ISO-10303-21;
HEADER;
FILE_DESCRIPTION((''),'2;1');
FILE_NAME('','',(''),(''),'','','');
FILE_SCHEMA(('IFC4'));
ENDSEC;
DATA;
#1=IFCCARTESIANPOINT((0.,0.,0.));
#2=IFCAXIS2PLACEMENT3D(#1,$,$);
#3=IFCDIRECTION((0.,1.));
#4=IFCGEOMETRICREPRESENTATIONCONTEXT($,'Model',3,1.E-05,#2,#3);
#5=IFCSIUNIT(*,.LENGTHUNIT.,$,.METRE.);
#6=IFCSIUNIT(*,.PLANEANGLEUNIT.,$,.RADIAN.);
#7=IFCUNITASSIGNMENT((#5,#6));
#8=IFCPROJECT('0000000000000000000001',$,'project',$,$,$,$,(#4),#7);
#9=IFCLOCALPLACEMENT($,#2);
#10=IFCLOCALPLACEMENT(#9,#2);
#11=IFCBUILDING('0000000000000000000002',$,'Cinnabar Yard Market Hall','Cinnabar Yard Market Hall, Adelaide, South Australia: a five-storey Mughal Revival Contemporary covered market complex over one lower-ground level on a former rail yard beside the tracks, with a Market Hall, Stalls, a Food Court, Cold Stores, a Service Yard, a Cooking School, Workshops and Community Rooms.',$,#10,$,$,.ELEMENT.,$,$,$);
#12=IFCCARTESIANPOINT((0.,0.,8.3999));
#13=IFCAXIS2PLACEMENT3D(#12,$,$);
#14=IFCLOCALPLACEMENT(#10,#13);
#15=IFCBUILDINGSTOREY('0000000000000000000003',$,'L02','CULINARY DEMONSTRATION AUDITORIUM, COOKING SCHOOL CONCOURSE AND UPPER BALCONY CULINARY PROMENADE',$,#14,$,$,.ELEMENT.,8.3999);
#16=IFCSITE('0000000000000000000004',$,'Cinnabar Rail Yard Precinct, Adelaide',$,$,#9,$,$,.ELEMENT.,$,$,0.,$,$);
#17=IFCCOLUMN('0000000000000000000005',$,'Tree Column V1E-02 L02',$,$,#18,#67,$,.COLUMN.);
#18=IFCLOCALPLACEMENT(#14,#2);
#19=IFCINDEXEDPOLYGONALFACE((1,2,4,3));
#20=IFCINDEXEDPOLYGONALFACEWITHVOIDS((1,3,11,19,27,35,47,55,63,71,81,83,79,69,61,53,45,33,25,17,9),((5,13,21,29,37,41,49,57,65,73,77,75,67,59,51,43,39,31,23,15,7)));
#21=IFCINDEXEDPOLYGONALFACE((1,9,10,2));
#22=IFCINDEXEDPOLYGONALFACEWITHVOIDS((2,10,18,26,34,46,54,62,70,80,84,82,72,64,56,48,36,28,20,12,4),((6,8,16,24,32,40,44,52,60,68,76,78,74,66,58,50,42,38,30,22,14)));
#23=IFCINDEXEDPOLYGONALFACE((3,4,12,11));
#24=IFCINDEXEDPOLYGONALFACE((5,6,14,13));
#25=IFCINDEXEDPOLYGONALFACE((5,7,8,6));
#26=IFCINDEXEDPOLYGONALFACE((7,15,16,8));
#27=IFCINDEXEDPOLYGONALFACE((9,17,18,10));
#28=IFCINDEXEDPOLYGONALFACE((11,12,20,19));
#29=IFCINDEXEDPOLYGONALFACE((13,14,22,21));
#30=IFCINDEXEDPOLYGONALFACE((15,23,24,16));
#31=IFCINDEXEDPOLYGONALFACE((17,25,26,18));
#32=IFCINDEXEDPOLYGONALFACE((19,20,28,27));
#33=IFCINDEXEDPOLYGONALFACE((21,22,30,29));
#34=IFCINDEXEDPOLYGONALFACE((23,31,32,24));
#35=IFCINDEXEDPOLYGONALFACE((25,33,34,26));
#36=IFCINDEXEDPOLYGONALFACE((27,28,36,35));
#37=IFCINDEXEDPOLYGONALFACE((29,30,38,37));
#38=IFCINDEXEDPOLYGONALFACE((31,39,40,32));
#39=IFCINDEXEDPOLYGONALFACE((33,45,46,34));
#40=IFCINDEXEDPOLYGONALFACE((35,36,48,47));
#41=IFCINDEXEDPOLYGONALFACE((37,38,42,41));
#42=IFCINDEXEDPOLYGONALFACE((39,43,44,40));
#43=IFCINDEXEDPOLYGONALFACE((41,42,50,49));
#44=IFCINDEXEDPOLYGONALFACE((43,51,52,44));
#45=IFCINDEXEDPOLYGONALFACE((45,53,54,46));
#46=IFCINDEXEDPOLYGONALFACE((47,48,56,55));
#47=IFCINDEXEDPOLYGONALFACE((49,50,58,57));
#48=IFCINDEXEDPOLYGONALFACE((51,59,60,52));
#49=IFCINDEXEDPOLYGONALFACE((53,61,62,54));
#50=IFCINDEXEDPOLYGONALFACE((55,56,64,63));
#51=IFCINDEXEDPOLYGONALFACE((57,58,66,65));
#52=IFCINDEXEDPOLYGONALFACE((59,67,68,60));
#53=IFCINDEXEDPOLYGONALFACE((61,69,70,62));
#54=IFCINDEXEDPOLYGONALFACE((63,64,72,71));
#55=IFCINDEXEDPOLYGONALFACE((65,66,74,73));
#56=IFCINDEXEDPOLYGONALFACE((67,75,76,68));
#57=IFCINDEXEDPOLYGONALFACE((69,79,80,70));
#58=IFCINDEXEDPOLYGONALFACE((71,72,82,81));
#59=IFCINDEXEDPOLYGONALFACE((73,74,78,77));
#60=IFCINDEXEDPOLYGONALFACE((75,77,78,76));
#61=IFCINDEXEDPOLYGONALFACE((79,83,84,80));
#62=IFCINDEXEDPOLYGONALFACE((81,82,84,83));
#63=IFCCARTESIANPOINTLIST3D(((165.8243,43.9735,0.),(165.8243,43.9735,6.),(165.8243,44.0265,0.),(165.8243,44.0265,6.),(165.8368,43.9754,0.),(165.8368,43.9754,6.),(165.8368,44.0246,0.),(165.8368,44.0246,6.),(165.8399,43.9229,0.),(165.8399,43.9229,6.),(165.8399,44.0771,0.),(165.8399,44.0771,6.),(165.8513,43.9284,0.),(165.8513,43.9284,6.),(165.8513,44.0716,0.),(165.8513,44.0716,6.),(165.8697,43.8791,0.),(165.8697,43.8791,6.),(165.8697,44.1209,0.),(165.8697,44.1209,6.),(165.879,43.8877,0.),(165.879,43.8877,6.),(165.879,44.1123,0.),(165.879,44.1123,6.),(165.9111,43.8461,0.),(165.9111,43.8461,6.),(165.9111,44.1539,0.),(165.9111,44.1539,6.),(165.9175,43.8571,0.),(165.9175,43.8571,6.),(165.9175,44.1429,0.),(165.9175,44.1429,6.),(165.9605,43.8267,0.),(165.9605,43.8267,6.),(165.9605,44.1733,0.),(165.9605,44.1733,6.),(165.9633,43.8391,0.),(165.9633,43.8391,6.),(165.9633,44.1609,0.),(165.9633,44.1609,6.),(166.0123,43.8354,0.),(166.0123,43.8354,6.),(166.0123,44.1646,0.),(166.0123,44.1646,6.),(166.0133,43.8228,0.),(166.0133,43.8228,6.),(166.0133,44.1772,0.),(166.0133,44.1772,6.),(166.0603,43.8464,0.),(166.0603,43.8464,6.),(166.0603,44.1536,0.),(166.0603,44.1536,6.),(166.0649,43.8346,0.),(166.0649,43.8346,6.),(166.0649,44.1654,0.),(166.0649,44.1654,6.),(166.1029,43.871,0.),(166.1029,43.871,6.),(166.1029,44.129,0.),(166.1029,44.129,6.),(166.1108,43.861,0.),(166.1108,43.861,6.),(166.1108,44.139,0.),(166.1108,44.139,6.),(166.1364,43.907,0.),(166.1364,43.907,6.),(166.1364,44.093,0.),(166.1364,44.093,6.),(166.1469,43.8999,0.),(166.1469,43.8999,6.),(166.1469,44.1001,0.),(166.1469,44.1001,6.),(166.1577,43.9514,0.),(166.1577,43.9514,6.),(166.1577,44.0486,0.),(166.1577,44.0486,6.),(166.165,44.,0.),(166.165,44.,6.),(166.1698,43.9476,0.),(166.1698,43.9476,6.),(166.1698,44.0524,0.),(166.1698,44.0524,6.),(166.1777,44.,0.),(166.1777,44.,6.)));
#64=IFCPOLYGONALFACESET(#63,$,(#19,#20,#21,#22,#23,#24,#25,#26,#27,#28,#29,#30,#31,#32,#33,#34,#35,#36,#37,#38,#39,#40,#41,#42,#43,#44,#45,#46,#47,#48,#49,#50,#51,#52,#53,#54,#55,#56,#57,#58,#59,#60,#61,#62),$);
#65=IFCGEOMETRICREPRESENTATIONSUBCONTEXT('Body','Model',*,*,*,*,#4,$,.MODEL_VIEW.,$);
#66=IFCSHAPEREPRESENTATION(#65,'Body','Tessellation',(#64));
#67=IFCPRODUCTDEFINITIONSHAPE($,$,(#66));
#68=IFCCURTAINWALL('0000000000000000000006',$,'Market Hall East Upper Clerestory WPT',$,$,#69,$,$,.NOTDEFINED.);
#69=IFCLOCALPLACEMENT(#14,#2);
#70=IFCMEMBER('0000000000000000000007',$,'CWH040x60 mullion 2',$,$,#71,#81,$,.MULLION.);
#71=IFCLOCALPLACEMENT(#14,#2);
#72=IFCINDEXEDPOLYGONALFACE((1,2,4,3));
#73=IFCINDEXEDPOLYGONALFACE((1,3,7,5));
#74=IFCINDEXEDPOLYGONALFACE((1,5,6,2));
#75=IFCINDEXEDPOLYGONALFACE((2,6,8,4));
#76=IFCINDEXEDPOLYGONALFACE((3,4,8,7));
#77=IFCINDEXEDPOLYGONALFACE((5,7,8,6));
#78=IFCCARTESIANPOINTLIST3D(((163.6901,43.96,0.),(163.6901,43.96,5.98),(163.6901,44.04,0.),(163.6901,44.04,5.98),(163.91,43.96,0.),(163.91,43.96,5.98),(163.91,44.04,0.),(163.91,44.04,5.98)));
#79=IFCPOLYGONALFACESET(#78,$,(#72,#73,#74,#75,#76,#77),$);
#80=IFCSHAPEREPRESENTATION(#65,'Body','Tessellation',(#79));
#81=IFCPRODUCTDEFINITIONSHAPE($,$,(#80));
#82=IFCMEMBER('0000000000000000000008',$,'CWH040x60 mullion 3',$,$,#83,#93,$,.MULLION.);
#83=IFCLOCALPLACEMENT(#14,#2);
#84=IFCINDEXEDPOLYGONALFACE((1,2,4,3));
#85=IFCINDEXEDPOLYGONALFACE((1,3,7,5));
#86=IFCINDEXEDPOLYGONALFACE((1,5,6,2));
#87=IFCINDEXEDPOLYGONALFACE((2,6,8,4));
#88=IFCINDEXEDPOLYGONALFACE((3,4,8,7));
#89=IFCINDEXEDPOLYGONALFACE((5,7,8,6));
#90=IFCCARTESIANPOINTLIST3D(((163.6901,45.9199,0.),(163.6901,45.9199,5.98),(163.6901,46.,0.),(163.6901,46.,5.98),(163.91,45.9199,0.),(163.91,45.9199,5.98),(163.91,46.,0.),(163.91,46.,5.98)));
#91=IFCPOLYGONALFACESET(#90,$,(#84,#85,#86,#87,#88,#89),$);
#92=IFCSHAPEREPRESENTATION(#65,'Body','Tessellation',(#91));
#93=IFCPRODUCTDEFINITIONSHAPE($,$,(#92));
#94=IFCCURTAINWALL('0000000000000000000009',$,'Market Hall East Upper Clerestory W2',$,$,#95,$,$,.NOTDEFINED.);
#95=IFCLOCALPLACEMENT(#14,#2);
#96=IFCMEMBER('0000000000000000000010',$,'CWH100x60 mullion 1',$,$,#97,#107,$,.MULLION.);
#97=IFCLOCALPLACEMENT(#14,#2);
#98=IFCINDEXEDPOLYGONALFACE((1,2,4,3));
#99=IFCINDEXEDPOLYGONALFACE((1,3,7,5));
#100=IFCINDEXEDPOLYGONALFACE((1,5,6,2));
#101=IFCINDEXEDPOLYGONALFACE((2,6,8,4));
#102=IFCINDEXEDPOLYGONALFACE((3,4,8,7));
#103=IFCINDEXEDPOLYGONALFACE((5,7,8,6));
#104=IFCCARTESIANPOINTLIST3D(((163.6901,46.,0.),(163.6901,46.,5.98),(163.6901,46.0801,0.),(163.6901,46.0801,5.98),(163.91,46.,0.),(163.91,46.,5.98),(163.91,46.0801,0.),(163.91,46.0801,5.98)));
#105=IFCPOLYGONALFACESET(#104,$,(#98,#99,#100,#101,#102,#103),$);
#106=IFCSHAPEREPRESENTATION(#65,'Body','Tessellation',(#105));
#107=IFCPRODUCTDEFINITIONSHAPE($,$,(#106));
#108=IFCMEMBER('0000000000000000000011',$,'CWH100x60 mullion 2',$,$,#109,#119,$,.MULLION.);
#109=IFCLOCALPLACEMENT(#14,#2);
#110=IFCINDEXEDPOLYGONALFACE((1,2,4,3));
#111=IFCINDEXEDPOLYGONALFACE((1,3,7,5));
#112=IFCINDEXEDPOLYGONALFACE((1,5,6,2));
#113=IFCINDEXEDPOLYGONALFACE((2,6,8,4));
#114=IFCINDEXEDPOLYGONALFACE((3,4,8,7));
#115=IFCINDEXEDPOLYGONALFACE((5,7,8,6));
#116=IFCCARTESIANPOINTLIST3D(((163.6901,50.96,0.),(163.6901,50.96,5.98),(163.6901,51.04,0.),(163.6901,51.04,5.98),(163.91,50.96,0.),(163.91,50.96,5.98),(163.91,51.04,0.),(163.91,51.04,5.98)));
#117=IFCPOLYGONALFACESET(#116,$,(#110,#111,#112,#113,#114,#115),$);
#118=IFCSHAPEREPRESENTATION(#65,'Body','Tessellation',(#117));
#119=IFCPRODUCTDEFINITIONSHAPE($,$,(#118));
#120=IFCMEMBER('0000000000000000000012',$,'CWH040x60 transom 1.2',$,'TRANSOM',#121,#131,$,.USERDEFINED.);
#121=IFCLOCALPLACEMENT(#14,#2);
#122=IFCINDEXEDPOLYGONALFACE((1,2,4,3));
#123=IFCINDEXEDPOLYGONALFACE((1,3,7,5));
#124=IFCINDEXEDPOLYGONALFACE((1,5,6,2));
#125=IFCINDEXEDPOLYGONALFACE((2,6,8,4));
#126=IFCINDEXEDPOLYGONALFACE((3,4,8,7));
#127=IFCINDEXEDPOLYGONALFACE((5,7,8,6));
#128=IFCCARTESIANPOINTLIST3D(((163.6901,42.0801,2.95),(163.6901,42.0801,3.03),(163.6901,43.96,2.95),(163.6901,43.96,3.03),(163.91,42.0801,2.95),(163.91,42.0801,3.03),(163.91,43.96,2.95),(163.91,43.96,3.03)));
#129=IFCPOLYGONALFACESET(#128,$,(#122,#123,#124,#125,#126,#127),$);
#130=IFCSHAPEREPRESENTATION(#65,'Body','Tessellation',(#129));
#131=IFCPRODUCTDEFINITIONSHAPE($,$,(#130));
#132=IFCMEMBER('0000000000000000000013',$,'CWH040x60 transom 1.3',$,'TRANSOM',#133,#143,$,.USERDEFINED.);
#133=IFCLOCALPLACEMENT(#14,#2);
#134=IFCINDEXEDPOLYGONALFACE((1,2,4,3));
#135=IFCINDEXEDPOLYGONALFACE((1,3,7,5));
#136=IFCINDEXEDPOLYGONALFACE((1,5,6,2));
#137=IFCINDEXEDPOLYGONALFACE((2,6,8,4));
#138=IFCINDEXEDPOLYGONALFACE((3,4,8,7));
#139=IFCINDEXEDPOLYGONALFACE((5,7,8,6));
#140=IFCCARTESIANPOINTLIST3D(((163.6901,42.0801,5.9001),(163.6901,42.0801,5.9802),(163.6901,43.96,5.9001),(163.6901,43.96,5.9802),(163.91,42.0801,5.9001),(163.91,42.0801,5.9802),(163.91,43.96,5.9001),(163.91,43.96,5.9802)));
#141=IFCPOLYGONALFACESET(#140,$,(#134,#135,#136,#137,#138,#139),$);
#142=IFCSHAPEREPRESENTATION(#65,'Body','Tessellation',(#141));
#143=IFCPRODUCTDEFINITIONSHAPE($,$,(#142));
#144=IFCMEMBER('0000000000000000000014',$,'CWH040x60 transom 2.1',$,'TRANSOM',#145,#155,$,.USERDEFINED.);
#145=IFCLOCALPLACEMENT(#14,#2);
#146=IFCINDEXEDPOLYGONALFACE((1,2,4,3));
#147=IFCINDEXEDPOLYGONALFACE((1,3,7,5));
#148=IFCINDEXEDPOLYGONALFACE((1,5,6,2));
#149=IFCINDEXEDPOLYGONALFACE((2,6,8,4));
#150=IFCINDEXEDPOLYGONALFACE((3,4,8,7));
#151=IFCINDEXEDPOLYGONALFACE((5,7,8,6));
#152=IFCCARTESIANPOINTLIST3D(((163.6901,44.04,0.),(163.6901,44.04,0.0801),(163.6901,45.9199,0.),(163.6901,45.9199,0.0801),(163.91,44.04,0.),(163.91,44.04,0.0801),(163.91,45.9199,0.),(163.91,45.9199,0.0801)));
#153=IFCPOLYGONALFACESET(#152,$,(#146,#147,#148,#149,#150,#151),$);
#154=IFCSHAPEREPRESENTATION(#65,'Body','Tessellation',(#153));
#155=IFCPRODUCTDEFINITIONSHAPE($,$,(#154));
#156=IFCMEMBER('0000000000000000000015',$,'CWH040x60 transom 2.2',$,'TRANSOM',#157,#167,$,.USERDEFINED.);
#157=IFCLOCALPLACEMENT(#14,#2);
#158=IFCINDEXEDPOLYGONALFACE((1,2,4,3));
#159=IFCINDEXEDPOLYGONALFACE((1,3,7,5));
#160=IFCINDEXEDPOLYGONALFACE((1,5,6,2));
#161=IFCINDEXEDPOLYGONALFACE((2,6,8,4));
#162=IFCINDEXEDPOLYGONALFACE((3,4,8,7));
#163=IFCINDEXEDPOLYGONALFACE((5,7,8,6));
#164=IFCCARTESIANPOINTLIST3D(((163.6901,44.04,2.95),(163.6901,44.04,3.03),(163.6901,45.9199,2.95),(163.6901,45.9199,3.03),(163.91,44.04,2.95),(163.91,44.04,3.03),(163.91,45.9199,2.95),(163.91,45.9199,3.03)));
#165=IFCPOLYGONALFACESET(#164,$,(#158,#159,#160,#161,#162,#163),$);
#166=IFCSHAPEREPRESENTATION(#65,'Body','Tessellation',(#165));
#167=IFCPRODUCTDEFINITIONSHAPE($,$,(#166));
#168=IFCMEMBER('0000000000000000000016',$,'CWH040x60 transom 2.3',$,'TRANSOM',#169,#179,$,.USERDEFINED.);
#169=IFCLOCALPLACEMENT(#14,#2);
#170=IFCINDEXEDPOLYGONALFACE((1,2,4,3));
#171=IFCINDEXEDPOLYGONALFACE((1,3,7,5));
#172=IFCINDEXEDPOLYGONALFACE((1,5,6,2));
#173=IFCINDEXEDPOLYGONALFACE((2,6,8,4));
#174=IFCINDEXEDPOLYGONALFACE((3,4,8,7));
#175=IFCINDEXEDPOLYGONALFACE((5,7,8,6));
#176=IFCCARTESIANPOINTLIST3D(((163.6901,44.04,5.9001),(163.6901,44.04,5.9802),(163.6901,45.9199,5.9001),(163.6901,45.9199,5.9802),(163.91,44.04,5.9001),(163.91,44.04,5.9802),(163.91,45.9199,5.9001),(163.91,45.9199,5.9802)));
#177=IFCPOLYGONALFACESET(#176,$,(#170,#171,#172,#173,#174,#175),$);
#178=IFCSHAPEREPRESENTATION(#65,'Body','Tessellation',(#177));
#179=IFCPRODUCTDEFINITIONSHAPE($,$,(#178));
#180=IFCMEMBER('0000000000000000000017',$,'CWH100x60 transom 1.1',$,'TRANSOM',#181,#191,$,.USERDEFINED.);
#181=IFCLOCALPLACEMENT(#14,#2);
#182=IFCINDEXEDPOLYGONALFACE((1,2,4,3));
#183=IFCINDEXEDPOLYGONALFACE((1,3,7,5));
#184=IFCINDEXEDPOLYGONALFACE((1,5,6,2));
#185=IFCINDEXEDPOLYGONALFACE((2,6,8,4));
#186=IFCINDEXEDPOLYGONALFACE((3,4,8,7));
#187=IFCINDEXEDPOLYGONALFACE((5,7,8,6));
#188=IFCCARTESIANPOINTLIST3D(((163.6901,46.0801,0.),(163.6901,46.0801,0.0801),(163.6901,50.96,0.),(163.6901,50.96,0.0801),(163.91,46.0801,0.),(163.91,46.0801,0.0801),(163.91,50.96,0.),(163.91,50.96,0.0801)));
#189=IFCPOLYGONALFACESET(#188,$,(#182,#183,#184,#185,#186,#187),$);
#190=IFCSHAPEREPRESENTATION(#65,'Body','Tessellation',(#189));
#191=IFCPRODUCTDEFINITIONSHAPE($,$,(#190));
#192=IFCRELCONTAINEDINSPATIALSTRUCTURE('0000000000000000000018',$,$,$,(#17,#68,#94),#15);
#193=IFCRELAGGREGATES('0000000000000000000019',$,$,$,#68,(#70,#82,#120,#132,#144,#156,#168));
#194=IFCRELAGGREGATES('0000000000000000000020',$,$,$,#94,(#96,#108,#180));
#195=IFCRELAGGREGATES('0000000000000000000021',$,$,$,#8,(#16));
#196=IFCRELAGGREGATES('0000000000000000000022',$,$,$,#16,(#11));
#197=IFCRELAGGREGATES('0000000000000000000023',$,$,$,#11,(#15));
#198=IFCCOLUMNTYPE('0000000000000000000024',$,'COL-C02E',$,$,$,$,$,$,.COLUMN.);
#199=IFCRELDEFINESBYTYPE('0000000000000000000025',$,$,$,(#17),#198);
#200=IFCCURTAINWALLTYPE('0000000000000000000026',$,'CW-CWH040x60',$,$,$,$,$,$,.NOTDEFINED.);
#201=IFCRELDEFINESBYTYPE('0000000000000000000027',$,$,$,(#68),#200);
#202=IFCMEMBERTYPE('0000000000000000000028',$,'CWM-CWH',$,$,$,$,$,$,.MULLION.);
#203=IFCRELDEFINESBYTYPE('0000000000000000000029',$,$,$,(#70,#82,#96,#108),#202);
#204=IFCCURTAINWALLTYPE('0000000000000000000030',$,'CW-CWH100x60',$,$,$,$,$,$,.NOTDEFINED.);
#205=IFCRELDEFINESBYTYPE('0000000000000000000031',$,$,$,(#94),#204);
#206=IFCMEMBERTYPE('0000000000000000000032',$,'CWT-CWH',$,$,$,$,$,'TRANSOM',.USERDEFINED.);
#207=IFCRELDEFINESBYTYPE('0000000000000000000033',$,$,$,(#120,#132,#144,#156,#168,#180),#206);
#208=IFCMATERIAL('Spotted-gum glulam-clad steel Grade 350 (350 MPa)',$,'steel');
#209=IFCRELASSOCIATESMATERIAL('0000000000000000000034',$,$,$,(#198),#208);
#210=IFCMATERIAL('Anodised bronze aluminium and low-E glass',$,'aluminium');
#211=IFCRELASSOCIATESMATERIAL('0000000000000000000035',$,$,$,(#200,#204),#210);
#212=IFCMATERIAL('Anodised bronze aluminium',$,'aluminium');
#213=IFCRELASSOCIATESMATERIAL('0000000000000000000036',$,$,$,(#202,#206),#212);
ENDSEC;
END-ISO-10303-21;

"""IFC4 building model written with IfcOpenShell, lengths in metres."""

from ifc_helpers import new_model, si_unit, direction, frame, origin, origin_2d_with_axis, place, context, subcontext, project, spatial, rectangle, hollow_circle, extrude, material, material_profile, profile_set, type_object, element, aggregate, save


model = new_model("IFC4")

# Units and contexts
model_context = context("Model", 3, precision=1e-05, world=origin(), true_north=direction((0.0, 1.0)))
body_context = subcontext(model_context, "Body", "Model", "MODEL_VIEW")
ifc_project = project(units=[si_unit("LENGTHUNIT", "METRE"), si_unit("PLANEANGLEUNIT", "RADIAN")], contexts=[model_context])

# Site, building, storey
site_placement = place(None, origin())
site = spatial("IfcSite", under=ifc_project, at=site_placement, Name="Cinnabar Rail Yard Precinct, Adelaide", CompositionType="ELEMENT", RefElevation=0.0)
building_placement = place(site_placement, origin())
building = spatial("IfcBuilding", under=site, at=building_placement, Name="Cinnabar Yard Market Hall", Description="Cinnabar Yard Market Hall, Adelaide, South Australia: a five-storey Mughal Revival Contemporary covered market complex over one lower-ground level on a former rail yard beside the tracks, with a Market Hall, Stalls, a Food Court, Cold Stores, a Service Yard, a Cooking School, Workshops and Community Rooms.", CompositionType="ELEMENT")
storey_placement = place(building_placement, frame((0.0, 0.0, 8.3999)))
storey = spatial("IfcBuildingStorey", under=building, at=storey_placement, Name="L02", Description="CULINARY DEMONSTRATION AUDITORIUM, COOKING SCHOOL CONCOURSE AND UPPER BALCONY CULINARY PROMENADE", CompositionType="ELEMENT", Elevation=8.3999)

# Column
ifc_material_1 = material(Name="Spotted-gum glulam-clad steel Grade 350 (350 MPa)", Category="steel")
ifc_material_profile_1 = material_profile(ifc_material_1, hollow_circle(Radius=0.1777, WallThickness=0.0127, at=origin_2d_with_axis()), Name="355.6x12.7CHS")
ifc_profile_set_1 = profile_set([ifc_material_profile_1], Name="Spotted-gum glulam-clad steel Grade 350 (350 MPa)")
column_type = type_object("IfcColumnType", Name="COL-C02E", PredefinedType="COLUMN", material=ifc_profile_set_1)
column_placement = place(storey_placement, frame((166.0, 44.0, 0.0), z_axis=(0.0, 0.0, 1.0), x_axis=(1.0, 0.0, 0.0)))
element("IfcColumn", 1, at=column_placement, inside=storey, type_object=column_type, Name="Tree Column V1E-02 L02", PredefinedType="COLUMN", context=body_context, shape_type="SweptSolid", body=[
    extrude(hollow_circle(Radius=0.1777, WallThickness=0.0127, at=origin_2d_with_axis()), origin(), (0.0, 0.0, 1.0), 6.0),
])

# Curtain walls, members
ifc_material_2 = material(Name="Anodised bronze aluminium and low-E glass", Category="aluminium")
curtain_wall_type_1 = type_object("IfcCurtainWallType", Name="CW-CWH040x60", PredefinedType="NOTDEFINED", material=ifc_material_2)
curtain_wall_1_placement = place(storey_placement, origin())
curtain_wall_1 = element("IfcCurtainWall", 2, at=curtain_wall_1_placement, inside=storey, type_object=curtain_wall_type_1, Name="Market Hall East Upper Clerestory WPT", PredefinedType="NOTDEFINED")
ifc_material_3 = material(Name="Anodised bronze aluminium", Category="aluminium")
ifc_material_profile_2 = material_profile(ifc_material_3, rectangle(XDim=0.22, YDim=0.0801, at=origin_2d_with_axis()), Name="MUL-CWH")
ifc_profile_set_2 = profile_set([ifc_material_profile_2], Name="Anodised bronze aluminium")
member_type_1 = type_object("IfcMemberType", Name="CWM-CWH", PredefinedType="MULLION", material=ifc_profile_set_2)
member_1_placement = place(storey_placement, frame((163.8, 44.0, 0.0), z_axis=(0.0, 0.0, 1.0), x_axis=(-1.0, 0.0, 0.0)))
member_1 = element("IfcMember", 3, at=member_1_placement, type_object=member_type_1, Name="CWH040x60 mullion 2", PredefinedType="MULLION", context=body_context, shape_type="SweptSolid", body=[
    extrude(rectangle(XDim=0.22, YDim=0.0801, at=origin_2d_with_axis()), origin(), (0.0, 0.0, 1.0), 5.98),
])
member_2_placement = place(storey_placement, frame((163.8, 45.96, 0.0), z_axis=(0.0, 0.0, 1.0), x_axis=(-1.0, 0.0, 0.0)))
member_2 = element("IfcMember", 4, at=member_2_placement, type_object=member_type_1, Name="CWH040x60 mullion 3", PredefinedType="MULLION", context=body_context, shape_type="SweptSolid", body=[
    extrude(rectangle(XDim=0.22, YDim=0.0801, at=origin_2d_with_axis()), origin(), (0.0, 0.0, 1.0), 5.98),
])
curtain_wall_type_2 = type_object("IfcCurtainWallType", Name="CW-CWH100x60", PredefinedType="NOTDEFINED", material=ifc_material_2)
curtain_wall_2_placement = place(storey_placement, origin())
curtain_wall_2 = element("IfcCurtainWall", 5, at=curtain_wall_2_placement, inside=storey, type_object=curtain_wall_type_2, Name="Market Hall East Upper Clerestory W2", PredefinedType="NOTDEFINED")
member_3_placement = place(storey_placement, frame((163.8, 46.04, 0.0), z_axis=(0.0, 0.0, 1.0), x_axis=(-1.0, 0.0, 0.0)))
member_3 = element("IfcMember", 6, at=member_3_placement, type_object=member_type_1, Name="CWH100x60 mullion 1", PredefinedType="MULLION", context=body_context, shape_type="SweptSolid", body=[
    extrude(rectangle(XDim=0.22, YDim=0.0801, at=origin_2d_with_axis()), origin(), (0.0, 0.0, 1.0), 5.98),
])
member_4_placement = place(storey_placement, frame((163.8, 51.0, 0.0), z_axis=(0.0, 0.0, 1.0), x_axis=(-1.0, 0.0, 0.0)))
member_4 = element("IfcMember", 7, at=member_4_placement, type_object=member_type_1, Name="CWH100x60 mullion 2", PredefinedType="MULLION", context=body_context, shape_type="SweptSolid", body=[
    extrude(rectangle(XDim=0.22, YDim=0.0801, at=origin_2d_with_axis()), origin(), (0.0, 0.0, 1.0), 5.98),
])

# Members
ifc_material_profile_3 = material_profile(ifc_material_3, rectangle(XDim=0.22, YDim=0.0801, at=origin_2d_with_axis()), Name="TRN-CWH")
ifc_profile_set_3 = profile_set([ifc_material_profile_3], Name="Anodised bronze aluminium")
member_type_2 = type_object("IfcMemberType", Name="CWT-CWH", ElementType="TRANSOM", PredefinedType="USERDEFINED", material=ifc_profile_set_3)
member_5_placement = place(storey_placement, frame((163.8, 42.0801, 2.99), z_axis=(0.0, 1.0, 0.0), x_axis=(-1.0, 0.0, 0.0)))
member_5 = element("IfcMember", 8, at=member_5_placement, type_object=member_type_2, Name="CWH040x60 transom 1.2", ObjectType="TRANSOM", PredefinedType="USERDEFINED", context=body_context, shape_type="SweptSolid", body=[
    extrude(rectangle(XDim=0.22, YDim=0.0801, at=origin_2d_with_axis()), origin(), (0.0, 0.0, 1.0), 1.8799),
])
member_6_placement = place(storey_placement, frame((163.8, 42.0801, 5.9402), z_axis=(0.0, 1.0, 0.0), x_axis=(-1.0, 0.0, 0.0)))
member_6 = element("IfcMember", 9, at=member_6_placement, type_object=member_type_2, Name="CWH040x60 transom 1.3", ObjectType="TRANSOM", PredefinedType="USERDEFINED", context=body_context, shape_type="SweptSolid", body=[
    extrude(rectangle(XDim=0.22, YDim=0.0801, at=origin_2d_with_axis()), origin(), (0.0, 0.0, 1.0), 1.8799),
])
member_7_placement = place(storey_placement, frame((163.8, 44.04, 0.04), z_axis=(0.0, 1.0, 0.0), x_axis=(-1.0, 0.0, 0.0)))
member_7 = element("IfcMember", 10, at=member_7_placement, type_object=member_type_2, Name="CWH040x60 transom 2.1", ObjectType="TRANSOM", PredefinedType="USERDEFINED", context=body_context, shape_type="SweptSolid", body=[
    extrude(rectangle(XDim=0.22, YDim=0.0801, at=origin_2d_with_axis()), origin(), (0.0, 0.0, 1.0), 1.8799),
])
member_8_placement = place(storey_placement, frame((163.8, 44.04, 2.99), z_axis=(0.0, 1.0, 0.0), x_axis=(-1.0, 0.0, 0.0)))
member_8 = element("IfcMember", 11, at=member_8_placement, type_object=member_type_2, Name="CWH040x60 transom 2.2", ObjectType="TRANSOM", PredefinedType="USERDEFINED", context=body_context, shape_type="SweptSolid", body=[
    extrude(rectangle(XDim=0.22, YDim=0.0801, at=origin_2d_with_axis()), origin(), (0.0, 0.0, 1.0), 1.8799),
])
member_9_placement = place(storey_placement, frame((163.8, 44.04, 5.9402), z_axis=(0.0, 1.0, 0.0), x_axis=(-1.0, 0.0, 0.0)))
member_9 = element("IfcMember", 12, at=member_9_placement, type_object=member_type_2, Name="CWH040x60 transom 2.3", ObjectType="TRANSOM", PredefinedType="USERDEFINED", context=body_context, shape_type="SweptSolid", body=[
    extrude(rectangle(XDim=0.22, YDim=0.0801, at=origin_2d_with_axis()), origin(), (0.0, 0.0, 1.0), 1.8799),
])
member_10_placement = place(storey_placement, frame((163.8, 46.0801, 0.04), z_axis=(0.0, 1.0, 0.0), x_axis=(-1.0, 0.0, 0.0)))
member_10 = element("IfcMember", 13, at=member_10_placement, type_object=member_type_2, Name="CWH100x60 transom 1.1", ObjectType="TRANSOM", PredefinedType="USERDEFINED", context=body_context, shape_type="SweptSolid", body=[
    extrude(rectangle(XDim=0.22, YDim=0.0801, at=origin_2d_with_axis()), origin(), (0.0, 0.0, 1.0), 4.8799),
])

aggregate(curtain_wall_1, [member_1, member_2, member_5, member_6, member_7, member_8, member_9])
aggregate(curtain_wall_2, [member_3, member_4, member_10])

save(model, "model.ifc")
